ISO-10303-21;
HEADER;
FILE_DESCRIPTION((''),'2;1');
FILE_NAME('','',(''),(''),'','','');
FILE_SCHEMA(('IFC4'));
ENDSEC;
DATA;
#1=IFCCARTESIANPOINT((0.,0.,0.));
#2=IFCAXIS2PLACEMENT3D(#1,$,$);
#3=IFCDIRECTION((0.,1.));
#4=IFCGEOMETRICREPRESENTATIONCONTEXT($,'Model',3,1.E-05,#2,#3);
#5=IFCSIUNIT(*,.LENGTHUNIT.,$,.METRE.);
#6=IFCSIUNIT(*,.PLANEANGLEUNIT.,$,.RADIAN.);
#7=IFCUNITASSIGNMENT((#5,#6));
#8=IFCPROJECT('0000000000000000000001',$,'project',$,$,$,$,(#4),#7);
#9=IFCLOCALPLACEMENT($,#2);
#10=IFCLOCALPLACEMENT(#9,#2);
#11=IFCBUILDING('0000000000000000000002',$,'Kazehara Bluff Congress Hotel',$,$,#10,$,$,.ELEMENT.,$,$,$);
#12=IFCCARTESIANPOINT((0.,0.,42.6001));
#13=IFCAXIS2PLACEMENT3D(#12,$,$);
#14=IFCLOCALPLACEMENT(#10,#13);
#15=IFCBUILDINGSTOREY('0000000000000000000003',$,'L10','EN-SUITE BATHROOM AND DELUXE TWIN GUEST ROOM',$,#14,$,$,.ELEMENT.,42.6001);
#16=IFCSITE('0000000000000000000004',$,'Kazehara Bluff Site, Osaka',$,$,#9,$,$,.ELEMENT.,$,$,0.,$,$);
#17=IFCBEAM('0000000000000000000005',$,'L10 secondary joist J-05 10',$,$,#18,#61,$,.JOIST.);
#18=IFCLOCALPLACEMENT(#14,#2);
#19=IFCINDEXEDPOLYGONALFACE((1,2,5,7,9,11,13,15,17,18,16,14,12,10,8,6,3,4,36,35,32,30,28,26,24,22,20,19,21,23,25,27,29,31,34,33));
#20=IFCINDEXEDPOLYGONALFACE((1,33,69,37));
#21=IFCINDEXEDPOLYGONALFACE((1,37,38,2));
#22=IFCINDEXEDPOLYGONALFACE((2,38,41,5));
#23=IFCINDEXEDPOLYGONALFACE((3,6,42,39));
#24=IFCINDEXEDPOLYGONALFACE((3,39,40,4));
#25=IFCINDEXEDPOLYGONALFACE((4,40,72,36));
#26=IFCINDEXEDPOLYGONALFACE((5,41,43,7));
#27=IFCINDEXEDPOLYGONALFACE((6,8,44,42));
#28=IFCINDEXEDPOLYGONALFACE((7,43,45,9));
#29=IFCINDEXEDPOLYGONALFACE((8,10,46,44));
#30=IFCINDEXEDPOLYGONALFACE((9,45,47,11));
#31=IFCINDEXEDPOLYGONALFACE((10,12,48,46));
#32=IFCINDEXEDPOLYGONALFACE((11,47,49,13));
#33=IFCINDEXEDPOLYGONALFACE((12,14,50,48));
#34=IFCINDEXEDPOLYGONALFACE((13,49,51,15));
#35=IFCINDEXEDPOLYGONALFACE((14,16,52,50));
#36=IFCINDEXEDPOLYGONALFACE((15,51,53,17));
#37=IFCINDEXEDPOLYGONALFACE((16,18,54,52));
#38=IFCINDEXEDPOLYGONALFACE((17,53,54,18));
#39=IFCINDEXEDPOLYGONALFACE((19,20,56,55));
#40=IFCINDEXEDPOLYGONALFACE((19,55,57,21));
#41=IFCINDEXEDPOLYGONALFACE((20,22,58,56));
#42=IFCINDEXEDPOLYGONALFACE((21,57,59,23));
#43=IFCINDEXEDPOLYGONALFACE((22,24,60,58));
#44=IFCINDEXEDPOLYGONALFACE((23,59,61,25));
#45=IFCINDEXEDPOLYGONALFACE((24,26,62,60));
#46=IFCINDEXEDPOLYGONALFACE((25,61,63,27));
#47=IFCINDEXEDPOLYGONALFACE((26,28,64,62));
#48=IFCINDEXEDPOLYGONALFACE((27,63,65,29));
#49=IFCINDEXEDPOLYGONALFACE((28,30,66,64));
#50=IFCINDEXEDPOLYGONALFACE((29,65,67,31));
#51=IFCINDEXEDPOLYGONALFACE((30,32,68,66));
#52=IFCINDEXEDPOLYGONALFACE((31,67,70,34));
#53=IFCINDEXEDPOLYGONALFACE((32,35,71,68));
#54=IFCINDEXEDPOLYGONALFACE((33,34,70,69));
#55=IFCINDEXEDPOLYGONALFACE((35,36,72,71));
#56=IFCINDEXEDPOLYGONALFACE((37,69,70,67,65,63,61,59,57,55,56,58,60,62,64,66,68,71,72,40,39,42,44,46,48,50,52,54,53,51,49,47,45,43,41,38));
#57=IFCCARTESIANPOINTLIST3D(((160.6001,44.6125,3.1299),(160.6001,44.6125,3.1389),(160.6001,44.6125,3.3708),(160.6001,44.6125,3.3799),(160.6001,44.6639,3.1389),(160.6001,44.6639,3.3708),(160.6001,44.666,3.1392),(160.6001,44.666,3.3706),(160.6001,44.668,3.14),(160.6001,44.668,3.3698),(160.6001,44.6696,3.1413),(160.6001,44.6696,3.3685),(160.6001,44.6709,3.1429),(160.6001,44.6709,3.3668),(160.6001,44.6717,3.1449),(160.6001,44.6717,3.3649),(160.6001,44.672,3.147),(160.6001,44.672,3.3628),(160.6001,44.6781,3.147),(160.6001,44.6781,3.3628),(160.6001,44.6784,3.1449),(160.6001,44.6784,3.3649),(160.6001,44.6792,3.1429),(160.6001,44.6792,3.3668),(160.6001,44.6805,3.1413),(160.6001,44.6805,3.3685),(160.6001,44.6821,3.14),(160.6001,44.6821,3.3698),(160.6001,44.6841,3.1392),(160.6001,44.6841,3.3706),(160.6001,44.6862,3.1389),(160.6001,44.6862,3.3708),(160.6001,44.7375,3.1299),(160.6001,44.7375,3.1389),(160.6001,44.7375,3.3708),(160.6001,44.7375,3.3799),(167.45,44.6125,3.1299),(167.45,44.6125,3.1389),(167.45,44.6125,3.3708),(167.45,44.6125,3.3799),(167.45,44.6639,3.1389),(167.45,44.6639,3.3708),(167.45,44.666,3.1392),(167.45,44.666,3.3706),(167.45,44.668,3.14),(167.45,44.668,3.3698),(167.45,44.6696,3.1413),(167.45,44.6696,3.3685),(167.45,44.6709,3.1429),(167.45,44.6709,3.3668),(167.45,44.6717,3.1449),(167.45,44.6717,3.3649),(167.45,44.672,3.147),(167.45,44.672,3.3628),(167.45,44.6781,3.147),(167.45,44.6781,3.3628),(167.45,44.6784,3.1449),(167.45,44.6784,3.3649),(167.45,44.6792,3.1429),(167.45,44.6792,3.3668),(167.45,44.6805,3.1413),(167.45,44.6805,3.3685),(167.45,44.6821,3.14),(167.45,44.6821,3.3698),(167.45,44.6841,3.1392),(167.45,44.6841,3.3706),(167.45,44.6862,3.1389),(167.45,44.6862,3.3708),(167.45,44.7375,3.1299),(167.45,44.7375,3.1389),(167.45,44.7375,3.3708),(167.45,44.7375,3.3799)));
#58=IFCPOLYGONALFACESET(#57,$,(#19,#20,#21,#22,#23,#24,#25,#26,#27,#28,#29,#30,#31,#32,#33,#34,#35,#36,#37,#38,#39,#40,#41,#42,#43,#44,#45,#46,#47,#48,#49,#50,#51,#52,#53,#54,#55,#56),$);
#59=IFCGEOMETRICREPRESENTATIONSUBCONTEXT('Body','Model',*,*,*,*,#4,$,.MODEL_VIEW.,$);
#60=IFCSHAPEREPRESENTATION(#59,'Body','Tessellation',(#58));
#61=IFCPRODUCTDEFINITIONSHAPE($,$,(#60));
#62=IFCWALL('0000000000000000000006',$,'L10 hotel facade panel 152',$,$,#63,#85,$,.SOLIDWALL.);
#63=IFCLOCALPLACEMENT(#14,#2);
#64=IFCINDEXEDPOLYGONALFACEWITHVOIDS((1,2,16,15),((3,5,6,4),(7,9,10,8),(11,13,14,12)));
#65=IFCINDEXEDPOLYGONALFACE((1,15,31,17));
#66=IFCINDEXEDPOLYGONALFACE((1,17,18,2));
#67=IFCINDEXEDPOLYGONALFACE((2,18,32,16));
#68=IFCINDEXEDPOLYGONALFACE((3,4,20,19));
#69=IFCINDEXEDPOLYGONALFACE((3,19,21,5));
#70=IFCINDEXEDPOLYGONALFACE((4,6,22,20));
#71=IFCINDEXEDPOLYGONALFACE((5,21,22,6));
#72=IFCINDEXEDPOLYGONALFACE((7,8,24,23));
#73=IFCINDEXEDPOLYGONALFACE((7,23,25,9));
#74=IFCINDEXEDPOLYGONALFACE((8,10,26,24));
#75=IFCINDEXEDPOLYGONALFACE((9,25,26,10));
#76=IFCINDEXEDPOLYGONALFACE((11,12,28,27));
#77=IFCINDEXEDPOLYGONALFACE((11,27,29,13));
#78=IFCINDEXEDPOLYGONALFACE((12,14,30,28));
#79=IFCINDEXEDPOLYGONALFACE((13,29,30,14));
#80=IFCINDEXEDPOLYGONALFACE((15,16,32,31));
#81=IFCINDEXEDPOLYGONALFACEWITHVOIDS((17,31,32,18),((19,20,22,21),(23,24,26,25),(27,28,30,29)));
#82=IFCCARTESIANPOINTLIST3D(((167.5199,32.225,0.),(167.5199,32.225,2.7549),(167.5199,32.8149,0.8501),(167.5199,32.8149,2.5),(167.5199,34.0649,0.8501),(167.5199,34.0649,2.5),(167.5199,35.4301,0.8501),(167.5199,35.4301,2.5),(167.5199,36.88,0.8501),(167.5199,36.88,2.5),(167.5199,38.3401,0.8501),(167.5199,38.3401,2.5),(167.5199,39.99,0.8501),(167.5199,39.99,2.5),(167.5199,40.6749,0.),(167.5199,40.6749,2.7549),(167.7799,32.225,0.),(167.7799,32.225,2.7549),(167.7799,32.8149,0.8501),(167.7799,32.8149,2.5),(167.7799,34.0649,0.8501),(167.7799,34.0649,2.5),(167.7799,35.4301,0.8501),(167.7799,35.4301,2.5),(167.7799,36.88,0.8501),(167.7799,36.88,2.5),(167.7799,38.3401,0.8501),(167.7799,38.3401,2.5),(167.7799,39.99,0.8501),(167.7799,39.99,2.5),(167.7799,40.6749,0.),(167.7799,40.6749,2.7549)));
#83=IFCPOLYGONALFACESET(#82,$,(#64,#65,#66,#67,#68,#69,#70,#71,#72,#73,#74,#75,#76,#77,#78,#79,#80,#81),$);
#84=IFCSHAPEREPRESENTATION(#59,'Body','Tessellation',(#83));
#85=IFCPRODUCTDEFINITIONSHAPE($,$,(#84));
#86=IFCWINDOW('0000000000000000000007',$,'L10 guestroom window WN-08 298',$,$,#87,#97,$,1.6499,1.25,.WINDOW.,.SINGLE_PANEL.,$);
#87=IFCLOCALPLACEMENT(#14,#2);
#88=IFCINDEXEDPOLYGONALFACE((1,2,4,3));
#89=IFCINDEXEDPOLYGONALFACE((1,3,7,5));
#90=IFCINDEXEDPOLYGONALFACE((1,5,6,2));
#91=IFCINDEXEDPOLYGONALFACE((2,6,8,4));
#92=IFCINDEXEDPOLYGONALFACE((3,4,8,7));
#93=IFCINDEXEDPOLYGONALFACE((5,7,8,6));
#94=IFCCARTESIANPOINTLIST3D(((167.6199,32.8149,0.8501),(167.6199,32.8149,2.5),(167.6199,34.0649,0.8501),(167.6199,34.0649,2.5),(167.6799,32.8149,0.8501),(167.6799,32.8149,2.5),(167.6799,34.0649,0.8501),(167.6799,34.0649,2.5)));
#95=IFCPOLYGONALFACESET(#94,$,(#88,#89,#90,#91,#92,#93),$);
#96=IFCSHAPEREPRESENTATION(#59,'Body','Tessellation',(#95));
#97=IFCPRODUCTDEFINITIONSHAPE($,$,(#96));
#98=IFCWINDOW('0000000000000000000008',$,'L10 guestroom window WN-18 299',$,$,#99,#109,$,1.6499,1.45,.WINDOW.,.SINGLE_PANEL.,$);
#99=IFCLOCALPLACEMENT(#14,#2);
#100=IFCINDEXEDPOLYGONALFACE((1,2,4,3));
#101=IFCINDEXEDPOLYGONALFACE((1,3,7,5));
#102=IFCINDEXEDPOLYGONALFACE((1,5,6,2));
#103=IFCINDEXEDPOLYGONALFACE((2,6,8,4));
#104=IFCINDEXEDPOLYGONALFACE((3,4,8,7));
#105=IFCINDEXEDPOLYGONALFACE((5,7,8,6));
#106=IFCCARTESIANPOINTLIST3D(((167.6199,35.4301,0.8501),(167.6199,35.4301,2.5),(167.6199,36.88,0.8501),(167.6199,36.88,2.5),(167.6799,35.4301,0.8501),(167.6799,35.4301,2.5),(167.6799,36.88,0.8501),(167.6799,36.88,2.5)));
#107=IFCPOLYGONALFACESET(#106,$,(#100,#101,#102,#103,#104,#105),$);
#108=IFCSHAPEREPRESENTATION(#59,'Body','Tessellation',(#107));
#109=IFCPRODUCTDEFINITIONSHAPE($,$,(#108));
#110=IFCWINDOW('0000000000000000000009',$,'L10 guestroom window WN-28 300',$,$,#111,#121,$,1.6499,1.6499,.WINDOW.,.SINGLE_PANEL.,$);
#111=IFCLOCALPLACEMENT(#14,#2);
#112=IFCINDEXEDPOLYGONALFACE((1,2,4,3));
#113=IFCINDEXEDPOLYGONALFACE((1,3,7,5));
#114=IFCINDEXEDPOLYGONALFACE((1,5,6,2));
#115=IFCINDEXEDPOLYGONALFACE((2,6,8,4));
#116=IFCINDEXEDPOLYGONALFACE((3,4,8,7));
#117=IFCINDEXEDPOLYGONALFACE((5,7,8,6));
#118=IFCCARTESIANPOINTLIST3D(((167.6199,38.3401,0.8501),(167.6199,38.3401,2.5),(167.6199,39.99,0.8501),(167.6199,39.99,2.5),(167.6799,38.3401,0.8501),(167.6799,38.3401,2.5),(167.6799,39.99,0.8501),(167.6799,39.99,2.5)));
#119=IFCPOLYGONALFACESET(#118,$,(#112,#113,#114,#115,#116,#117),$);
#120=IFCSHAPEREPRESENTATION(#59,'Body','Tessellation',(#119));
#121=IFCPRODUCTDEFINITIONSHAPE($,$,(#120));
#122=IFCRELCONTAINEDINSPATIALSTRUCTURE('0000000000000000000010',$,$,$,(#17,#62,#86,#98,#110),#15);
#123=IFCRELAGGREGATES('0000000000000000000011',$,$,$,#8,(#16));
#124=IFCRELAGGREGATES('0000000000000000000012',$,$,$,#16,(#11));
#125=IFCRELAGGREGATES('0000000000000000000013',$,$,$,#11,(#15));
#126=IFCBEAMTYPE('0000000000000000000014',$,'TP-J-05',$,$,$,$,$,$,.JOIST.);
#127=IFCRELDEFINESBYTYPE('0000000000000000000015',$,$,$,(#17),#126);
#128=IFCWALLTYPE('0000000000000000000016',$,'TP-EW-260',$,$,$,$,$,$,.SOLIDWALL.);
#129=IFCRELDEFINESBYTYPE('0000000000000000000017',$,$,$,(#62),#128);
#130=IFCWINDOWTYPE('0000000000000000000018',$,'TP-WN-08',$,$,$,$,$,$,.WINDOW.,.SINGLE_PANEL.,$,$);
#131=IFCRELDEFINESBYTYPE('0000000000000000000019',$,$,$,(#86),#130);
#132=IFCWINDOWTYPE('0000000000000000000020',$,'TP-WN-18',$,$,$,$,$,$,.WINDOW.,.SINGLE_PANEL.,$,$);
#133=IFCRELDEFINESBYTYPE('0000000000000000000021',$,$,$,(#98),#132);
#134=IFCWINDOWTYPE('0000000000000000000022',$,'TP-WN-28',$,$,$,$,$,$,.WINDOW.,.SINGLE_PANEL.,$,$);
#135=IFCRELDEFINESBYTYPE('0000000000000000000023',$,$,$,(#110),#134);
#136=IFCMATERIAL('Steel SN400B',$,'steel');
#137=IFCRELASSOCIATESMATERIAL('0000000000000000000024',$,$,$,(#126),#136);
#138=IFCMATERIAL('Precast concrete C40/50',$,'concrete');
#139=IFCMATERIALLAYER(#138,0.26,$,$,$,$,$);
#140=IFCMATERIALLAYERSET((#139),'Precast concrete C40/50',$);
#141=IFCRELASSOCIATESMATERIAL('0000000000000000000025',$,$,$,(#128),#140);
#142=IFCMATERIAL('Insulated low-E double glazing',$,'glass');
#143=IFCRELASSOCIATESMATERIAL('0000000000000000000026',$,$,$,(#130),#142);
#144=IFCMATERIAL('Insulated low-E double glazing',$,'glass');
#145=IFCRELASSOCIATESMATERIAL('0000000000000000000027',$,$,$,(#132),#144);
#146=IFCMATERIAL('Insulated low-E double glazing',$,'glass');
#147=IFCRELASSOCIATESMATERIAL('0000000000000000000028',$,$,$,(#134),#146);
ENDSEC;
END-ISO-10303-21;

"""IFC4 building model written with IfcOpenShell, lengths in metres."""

from ifc_helpers import new_model, si_unit, direction, frame, frame_2d, origin, origin_2d, place, context, subcontext, project, spatial, rectangle, i_section, extrude, material, layer, layer_set, material_profile, profile_set, type_object, element, fill, save


model = new_model("IFC4")

# Units and contexts
model_context = context("Model", 3, precision=1e-05, world=origin(), true_north=direction((0.0, 1.0)))
body_context = subcontext(model_context, "Body", "Model", "MODEL_VIEW")
ifc_project = project(units=[si_unit("LENGTHUNIT", "METRE"), si_unit("PLANEANGLEUNIT", "RADIAN")], contexts=[model_context])

# Site, building, storey
site_placement = place(None, origin())
site = spatial("IfcSite", under=ifc_project, at=site_placement, Name="Kazehara Bluff Site, Osaka", CompositionType="ELEMENT", RefElevation=0.0)
building_placement = place(site_placement, origin())
building = spatial("IfcBuilding", under=site, at=building_placement, Name="Kazehara Bluff Congress Hotel", CompositionType="ELEMENT")
storey_placement = place(building_placement, frame((0.0, 0.0, 42.6001)))
storey = spatial("IfcBuildingStorey", under=building, at=storey_placement, Name="L10", Description="EN-SUITE BATHROOM AND DELUXE TWIN GUEST ROOM", CompositionType="ELEMENT", Elevation=42.6001)

# Beam
ifc_material_1 = material(Name="Steel SN400B", Category="steel")
ifc_material_profile_1 = material_profile(ifc_material_1, i_section(OverallWidth=0.125, OverallDepth=0.25, WebThickness=0.0061, FlangeThickness=0.009, FilletRadius=0.0081, at=origin_2d()))
ifc_profile_set_1 = profile_set([ifc_material_profile_1], Name="Steel SN400B")
beam_type_1 = type_object("IfcBeamType", Name="TP-J-05", PredefinedType="JOIST", material=ifc_profile_set_1)
for number, where, z_axis, x_axis, name in (
    (1, (160.6001, 44.675, 3.2549), (1.0, 0.0, 0.0), (0.0, 1.0, 0.0), "L10 secondary joist J-05 10"),
):
    element("IfcBeam", number, at=place(storey_placement, frame(where, z_axis=z_axis, x_axis=x_axis)), inside=storey, type_object=beam_type_1, Name=name, PredefinedType="JOIST", context=body_context, shape_type="SweptSolid", body=[
        extrude(i_section(OverallWidth=0.125, OverallDepth=0.25, WebThickness=0.0061, FlangeThickness=0.009, FilletRadius=0.0081, at=origin_2d()), origin(), (0.0, 0.0, 1.0), 6.8499),
    ])

# Wall, openings, windows
ifc_material_2 = material(Name="Precast concrete C40/50", Category="concrete")
ifc_layer_1 = layer(ifc_material_2, 0.26)
ifc_layer_set_1 = layer_set([ifc_layer_1], Name="Precast concrete C40/50")
wall_type_1 = type_object("IfcWallType", Name="TP-EW-260", PredefinedType="SOLIDWALL", material=ifc_layer_set_1)
wall_1_placement = place(storey_placement, frame((167.6499, 40.675, 0.0), z_axis=(0.0, 0.0, 1.0), x_axis=(0.0, -1.0, 0.0)))
wall_1 = element("IfcWall", 2, at=wall_1_placement, inside=storey, type_object=wall_type_1, Name="L10 hotel facade panel 152", PredefinedType="SOLIDWALL", context=body_context, shape_type="SweptSolid", body=[
    extrude(rectangle(XDim=8.45, YDim=0.26, at=frame_2d((4.2251, 0.0))), origin(), (0.0, 0.0, 1.0), 2.7549),
])
opening_1_placement = place(wall_1_placement, frame((6.6101, 0.0, 0.8501)))
opening_1 = element("IfcOpeningElement", 3, at=opening_1_placement, cuts=wall_1, PredefinedType="OPENING", context=body_context, shape_type="SweptSolid", body=[
    extrude(rectangle(XDim=1.25, YDim=1.6499, at=frame_2d((0.625, 0.825))), frame((0.0, 0.1399, 0.0), z_axis=(0.0, -1.0, 0.0), x_axis=(1.0, 0.0, 0.0)), (0.0, 0.0, 1.0), 0.28),
])
opening_2_placement = place(wall_1_placement, frame((3.7949, 0.0, 0.8501)))
opening_2 = element("IfcOpeningElement", 4, at=opening_2_placement, cuts=wall_1, PredefinedType="OPENING", context=body_context, shape_type="SweptSolid", body=[
    extrude(rectangle(XDim=1.45, YDim=1.6499, at=frame_2d((0.7251, 0.825))), frame((0.0, 0.1399, 0.0), z_axis=(0.0, -1.0, 0.0), x_axis=(1.0, 0.0, 0.0)), (0.0, 0.0, 1.0), 0.28),
])
opening_3_placement = place(wall_1_placement, frame((0.6851, 0.0, 0.8501)))
opening_3 = element("IfcOpeningElement", 5, at=opening_3_placement, cuts=wall_1, PredefinedType="OPENING", context=body_context, shape_type="SweptSolid", body=[
    extrude(rectangle(XDim=1.6499, YDim=1.6499, at=frame_2d((0.825, 0.825))), frame((0.0, 0.1399, 0.0), z_axis=(0.0, -1.0, 0.0), x_axis=(1.0, 0.0, 0.0)), (0.0, 0.0, 1.0), 0.28),
])
ifc_material_3 = material(Name="Insulated low-E double glazing", Category="glass")
window_type_1 = type_object("IfcWindowType", Name="TP-WN-08", PartitioningType="SINGLE_PANEL", PredefinedType="WINDOW", material=ifc_material_3)
window_1_placement = place(opening_1_placement, origin())
window_1 = element("IfcWindow", 6, at=window_1_placement, inside=storey, type_object=window_type_1, Name="L10 guestroom window WN-08 298", OverallHeight=1.6499, OverallWidth=1.25, PartitioningType="SINGLE_PANEL", PredefinedType="WINDOW", context=body_context, shape_type="SweptSolid", body=[
    extrude(rectangle(XDim=1.25, YDim=1.6499, at=frame_2d((0.625, 0.825))), frame((0.0, 0.03, 0.0), z_axis=(0.0, -1.0, 0.0), x_axis=(1.0, 0.0, 0.0)), (0.0, 0.0, 1.0), 0.0601),
])
fill(opening_1, window_1)
ifc_material_4 = material(Name="Insulated low-E double glazing", Category="glass")
window_type_2 = type_object("IfcWindowType", Name="TP-WN-18", PartitioningType="SINGLE_PANEL", PredefinedType="WINDOW", material=ifc_material_4)
window_2_placement = place(opening_2_placement, origin())
window_2 = element("IfcWindow", 7, at=window_2_placement, inside=storey, type_object=window_type_2, Name="L10 guestroom window WN-18 299", OverallHeight=1.6499, OverallWidth=1.45, PartitioningType="SINGLE_PANEL", PredefinedType="WINDOW", context=body_context, shape_type="SweptSolid", body=[
    extrude(rectangle(XDim=1.45, YDim=1.6499, at=frame_2d((0.7251, 0.825))), frame((0.0, 0.03, 0.0), z_axis=(0.0, -1.0, 0.0), x_axis=(1.0, 0.0, 0.0)), (0.0, 0.0, 1.0), 0.0601),
])
fill(opening_2, window_2)
ifc_material_5 = material(Name="Insulated low-E double glazing", Category="glass")
window_type_3 = type_object("IfcWindowType", Name="TP-WN-28", PartitioningType="SINGLE_PANEL", PredefinedType="WINDOW", material=ifc_material_5)
window_3_placement = place(opening_3_placement, origin())
window_3 = element("IfcWindow", 8, at=window_3_placement, inside=storey, type_object=window_type_3, Name="L10 guestroom window WN-28 300", OverallHeight=1.6499, OverallWidth=1.6499, PartitioningType="SINGLE_PANEL", PredefinedType="WINDOW", context=body_context, shape_type="SweptSolid", body=[
    extrude(rectangle(XDim=1.6499, YDim=1.6499, at=frame_2d((0.825, 0.825))), frame((0.0, 0.03, 0.0), z_axis=(0.0, -1.0, 0.0), x_axis=(1.0, 0.0, 0.0)), (0.0, 0.0, 1.0), 0.0601),
])
fill(opening_3, window_3)

save(model, "model.ifc")
